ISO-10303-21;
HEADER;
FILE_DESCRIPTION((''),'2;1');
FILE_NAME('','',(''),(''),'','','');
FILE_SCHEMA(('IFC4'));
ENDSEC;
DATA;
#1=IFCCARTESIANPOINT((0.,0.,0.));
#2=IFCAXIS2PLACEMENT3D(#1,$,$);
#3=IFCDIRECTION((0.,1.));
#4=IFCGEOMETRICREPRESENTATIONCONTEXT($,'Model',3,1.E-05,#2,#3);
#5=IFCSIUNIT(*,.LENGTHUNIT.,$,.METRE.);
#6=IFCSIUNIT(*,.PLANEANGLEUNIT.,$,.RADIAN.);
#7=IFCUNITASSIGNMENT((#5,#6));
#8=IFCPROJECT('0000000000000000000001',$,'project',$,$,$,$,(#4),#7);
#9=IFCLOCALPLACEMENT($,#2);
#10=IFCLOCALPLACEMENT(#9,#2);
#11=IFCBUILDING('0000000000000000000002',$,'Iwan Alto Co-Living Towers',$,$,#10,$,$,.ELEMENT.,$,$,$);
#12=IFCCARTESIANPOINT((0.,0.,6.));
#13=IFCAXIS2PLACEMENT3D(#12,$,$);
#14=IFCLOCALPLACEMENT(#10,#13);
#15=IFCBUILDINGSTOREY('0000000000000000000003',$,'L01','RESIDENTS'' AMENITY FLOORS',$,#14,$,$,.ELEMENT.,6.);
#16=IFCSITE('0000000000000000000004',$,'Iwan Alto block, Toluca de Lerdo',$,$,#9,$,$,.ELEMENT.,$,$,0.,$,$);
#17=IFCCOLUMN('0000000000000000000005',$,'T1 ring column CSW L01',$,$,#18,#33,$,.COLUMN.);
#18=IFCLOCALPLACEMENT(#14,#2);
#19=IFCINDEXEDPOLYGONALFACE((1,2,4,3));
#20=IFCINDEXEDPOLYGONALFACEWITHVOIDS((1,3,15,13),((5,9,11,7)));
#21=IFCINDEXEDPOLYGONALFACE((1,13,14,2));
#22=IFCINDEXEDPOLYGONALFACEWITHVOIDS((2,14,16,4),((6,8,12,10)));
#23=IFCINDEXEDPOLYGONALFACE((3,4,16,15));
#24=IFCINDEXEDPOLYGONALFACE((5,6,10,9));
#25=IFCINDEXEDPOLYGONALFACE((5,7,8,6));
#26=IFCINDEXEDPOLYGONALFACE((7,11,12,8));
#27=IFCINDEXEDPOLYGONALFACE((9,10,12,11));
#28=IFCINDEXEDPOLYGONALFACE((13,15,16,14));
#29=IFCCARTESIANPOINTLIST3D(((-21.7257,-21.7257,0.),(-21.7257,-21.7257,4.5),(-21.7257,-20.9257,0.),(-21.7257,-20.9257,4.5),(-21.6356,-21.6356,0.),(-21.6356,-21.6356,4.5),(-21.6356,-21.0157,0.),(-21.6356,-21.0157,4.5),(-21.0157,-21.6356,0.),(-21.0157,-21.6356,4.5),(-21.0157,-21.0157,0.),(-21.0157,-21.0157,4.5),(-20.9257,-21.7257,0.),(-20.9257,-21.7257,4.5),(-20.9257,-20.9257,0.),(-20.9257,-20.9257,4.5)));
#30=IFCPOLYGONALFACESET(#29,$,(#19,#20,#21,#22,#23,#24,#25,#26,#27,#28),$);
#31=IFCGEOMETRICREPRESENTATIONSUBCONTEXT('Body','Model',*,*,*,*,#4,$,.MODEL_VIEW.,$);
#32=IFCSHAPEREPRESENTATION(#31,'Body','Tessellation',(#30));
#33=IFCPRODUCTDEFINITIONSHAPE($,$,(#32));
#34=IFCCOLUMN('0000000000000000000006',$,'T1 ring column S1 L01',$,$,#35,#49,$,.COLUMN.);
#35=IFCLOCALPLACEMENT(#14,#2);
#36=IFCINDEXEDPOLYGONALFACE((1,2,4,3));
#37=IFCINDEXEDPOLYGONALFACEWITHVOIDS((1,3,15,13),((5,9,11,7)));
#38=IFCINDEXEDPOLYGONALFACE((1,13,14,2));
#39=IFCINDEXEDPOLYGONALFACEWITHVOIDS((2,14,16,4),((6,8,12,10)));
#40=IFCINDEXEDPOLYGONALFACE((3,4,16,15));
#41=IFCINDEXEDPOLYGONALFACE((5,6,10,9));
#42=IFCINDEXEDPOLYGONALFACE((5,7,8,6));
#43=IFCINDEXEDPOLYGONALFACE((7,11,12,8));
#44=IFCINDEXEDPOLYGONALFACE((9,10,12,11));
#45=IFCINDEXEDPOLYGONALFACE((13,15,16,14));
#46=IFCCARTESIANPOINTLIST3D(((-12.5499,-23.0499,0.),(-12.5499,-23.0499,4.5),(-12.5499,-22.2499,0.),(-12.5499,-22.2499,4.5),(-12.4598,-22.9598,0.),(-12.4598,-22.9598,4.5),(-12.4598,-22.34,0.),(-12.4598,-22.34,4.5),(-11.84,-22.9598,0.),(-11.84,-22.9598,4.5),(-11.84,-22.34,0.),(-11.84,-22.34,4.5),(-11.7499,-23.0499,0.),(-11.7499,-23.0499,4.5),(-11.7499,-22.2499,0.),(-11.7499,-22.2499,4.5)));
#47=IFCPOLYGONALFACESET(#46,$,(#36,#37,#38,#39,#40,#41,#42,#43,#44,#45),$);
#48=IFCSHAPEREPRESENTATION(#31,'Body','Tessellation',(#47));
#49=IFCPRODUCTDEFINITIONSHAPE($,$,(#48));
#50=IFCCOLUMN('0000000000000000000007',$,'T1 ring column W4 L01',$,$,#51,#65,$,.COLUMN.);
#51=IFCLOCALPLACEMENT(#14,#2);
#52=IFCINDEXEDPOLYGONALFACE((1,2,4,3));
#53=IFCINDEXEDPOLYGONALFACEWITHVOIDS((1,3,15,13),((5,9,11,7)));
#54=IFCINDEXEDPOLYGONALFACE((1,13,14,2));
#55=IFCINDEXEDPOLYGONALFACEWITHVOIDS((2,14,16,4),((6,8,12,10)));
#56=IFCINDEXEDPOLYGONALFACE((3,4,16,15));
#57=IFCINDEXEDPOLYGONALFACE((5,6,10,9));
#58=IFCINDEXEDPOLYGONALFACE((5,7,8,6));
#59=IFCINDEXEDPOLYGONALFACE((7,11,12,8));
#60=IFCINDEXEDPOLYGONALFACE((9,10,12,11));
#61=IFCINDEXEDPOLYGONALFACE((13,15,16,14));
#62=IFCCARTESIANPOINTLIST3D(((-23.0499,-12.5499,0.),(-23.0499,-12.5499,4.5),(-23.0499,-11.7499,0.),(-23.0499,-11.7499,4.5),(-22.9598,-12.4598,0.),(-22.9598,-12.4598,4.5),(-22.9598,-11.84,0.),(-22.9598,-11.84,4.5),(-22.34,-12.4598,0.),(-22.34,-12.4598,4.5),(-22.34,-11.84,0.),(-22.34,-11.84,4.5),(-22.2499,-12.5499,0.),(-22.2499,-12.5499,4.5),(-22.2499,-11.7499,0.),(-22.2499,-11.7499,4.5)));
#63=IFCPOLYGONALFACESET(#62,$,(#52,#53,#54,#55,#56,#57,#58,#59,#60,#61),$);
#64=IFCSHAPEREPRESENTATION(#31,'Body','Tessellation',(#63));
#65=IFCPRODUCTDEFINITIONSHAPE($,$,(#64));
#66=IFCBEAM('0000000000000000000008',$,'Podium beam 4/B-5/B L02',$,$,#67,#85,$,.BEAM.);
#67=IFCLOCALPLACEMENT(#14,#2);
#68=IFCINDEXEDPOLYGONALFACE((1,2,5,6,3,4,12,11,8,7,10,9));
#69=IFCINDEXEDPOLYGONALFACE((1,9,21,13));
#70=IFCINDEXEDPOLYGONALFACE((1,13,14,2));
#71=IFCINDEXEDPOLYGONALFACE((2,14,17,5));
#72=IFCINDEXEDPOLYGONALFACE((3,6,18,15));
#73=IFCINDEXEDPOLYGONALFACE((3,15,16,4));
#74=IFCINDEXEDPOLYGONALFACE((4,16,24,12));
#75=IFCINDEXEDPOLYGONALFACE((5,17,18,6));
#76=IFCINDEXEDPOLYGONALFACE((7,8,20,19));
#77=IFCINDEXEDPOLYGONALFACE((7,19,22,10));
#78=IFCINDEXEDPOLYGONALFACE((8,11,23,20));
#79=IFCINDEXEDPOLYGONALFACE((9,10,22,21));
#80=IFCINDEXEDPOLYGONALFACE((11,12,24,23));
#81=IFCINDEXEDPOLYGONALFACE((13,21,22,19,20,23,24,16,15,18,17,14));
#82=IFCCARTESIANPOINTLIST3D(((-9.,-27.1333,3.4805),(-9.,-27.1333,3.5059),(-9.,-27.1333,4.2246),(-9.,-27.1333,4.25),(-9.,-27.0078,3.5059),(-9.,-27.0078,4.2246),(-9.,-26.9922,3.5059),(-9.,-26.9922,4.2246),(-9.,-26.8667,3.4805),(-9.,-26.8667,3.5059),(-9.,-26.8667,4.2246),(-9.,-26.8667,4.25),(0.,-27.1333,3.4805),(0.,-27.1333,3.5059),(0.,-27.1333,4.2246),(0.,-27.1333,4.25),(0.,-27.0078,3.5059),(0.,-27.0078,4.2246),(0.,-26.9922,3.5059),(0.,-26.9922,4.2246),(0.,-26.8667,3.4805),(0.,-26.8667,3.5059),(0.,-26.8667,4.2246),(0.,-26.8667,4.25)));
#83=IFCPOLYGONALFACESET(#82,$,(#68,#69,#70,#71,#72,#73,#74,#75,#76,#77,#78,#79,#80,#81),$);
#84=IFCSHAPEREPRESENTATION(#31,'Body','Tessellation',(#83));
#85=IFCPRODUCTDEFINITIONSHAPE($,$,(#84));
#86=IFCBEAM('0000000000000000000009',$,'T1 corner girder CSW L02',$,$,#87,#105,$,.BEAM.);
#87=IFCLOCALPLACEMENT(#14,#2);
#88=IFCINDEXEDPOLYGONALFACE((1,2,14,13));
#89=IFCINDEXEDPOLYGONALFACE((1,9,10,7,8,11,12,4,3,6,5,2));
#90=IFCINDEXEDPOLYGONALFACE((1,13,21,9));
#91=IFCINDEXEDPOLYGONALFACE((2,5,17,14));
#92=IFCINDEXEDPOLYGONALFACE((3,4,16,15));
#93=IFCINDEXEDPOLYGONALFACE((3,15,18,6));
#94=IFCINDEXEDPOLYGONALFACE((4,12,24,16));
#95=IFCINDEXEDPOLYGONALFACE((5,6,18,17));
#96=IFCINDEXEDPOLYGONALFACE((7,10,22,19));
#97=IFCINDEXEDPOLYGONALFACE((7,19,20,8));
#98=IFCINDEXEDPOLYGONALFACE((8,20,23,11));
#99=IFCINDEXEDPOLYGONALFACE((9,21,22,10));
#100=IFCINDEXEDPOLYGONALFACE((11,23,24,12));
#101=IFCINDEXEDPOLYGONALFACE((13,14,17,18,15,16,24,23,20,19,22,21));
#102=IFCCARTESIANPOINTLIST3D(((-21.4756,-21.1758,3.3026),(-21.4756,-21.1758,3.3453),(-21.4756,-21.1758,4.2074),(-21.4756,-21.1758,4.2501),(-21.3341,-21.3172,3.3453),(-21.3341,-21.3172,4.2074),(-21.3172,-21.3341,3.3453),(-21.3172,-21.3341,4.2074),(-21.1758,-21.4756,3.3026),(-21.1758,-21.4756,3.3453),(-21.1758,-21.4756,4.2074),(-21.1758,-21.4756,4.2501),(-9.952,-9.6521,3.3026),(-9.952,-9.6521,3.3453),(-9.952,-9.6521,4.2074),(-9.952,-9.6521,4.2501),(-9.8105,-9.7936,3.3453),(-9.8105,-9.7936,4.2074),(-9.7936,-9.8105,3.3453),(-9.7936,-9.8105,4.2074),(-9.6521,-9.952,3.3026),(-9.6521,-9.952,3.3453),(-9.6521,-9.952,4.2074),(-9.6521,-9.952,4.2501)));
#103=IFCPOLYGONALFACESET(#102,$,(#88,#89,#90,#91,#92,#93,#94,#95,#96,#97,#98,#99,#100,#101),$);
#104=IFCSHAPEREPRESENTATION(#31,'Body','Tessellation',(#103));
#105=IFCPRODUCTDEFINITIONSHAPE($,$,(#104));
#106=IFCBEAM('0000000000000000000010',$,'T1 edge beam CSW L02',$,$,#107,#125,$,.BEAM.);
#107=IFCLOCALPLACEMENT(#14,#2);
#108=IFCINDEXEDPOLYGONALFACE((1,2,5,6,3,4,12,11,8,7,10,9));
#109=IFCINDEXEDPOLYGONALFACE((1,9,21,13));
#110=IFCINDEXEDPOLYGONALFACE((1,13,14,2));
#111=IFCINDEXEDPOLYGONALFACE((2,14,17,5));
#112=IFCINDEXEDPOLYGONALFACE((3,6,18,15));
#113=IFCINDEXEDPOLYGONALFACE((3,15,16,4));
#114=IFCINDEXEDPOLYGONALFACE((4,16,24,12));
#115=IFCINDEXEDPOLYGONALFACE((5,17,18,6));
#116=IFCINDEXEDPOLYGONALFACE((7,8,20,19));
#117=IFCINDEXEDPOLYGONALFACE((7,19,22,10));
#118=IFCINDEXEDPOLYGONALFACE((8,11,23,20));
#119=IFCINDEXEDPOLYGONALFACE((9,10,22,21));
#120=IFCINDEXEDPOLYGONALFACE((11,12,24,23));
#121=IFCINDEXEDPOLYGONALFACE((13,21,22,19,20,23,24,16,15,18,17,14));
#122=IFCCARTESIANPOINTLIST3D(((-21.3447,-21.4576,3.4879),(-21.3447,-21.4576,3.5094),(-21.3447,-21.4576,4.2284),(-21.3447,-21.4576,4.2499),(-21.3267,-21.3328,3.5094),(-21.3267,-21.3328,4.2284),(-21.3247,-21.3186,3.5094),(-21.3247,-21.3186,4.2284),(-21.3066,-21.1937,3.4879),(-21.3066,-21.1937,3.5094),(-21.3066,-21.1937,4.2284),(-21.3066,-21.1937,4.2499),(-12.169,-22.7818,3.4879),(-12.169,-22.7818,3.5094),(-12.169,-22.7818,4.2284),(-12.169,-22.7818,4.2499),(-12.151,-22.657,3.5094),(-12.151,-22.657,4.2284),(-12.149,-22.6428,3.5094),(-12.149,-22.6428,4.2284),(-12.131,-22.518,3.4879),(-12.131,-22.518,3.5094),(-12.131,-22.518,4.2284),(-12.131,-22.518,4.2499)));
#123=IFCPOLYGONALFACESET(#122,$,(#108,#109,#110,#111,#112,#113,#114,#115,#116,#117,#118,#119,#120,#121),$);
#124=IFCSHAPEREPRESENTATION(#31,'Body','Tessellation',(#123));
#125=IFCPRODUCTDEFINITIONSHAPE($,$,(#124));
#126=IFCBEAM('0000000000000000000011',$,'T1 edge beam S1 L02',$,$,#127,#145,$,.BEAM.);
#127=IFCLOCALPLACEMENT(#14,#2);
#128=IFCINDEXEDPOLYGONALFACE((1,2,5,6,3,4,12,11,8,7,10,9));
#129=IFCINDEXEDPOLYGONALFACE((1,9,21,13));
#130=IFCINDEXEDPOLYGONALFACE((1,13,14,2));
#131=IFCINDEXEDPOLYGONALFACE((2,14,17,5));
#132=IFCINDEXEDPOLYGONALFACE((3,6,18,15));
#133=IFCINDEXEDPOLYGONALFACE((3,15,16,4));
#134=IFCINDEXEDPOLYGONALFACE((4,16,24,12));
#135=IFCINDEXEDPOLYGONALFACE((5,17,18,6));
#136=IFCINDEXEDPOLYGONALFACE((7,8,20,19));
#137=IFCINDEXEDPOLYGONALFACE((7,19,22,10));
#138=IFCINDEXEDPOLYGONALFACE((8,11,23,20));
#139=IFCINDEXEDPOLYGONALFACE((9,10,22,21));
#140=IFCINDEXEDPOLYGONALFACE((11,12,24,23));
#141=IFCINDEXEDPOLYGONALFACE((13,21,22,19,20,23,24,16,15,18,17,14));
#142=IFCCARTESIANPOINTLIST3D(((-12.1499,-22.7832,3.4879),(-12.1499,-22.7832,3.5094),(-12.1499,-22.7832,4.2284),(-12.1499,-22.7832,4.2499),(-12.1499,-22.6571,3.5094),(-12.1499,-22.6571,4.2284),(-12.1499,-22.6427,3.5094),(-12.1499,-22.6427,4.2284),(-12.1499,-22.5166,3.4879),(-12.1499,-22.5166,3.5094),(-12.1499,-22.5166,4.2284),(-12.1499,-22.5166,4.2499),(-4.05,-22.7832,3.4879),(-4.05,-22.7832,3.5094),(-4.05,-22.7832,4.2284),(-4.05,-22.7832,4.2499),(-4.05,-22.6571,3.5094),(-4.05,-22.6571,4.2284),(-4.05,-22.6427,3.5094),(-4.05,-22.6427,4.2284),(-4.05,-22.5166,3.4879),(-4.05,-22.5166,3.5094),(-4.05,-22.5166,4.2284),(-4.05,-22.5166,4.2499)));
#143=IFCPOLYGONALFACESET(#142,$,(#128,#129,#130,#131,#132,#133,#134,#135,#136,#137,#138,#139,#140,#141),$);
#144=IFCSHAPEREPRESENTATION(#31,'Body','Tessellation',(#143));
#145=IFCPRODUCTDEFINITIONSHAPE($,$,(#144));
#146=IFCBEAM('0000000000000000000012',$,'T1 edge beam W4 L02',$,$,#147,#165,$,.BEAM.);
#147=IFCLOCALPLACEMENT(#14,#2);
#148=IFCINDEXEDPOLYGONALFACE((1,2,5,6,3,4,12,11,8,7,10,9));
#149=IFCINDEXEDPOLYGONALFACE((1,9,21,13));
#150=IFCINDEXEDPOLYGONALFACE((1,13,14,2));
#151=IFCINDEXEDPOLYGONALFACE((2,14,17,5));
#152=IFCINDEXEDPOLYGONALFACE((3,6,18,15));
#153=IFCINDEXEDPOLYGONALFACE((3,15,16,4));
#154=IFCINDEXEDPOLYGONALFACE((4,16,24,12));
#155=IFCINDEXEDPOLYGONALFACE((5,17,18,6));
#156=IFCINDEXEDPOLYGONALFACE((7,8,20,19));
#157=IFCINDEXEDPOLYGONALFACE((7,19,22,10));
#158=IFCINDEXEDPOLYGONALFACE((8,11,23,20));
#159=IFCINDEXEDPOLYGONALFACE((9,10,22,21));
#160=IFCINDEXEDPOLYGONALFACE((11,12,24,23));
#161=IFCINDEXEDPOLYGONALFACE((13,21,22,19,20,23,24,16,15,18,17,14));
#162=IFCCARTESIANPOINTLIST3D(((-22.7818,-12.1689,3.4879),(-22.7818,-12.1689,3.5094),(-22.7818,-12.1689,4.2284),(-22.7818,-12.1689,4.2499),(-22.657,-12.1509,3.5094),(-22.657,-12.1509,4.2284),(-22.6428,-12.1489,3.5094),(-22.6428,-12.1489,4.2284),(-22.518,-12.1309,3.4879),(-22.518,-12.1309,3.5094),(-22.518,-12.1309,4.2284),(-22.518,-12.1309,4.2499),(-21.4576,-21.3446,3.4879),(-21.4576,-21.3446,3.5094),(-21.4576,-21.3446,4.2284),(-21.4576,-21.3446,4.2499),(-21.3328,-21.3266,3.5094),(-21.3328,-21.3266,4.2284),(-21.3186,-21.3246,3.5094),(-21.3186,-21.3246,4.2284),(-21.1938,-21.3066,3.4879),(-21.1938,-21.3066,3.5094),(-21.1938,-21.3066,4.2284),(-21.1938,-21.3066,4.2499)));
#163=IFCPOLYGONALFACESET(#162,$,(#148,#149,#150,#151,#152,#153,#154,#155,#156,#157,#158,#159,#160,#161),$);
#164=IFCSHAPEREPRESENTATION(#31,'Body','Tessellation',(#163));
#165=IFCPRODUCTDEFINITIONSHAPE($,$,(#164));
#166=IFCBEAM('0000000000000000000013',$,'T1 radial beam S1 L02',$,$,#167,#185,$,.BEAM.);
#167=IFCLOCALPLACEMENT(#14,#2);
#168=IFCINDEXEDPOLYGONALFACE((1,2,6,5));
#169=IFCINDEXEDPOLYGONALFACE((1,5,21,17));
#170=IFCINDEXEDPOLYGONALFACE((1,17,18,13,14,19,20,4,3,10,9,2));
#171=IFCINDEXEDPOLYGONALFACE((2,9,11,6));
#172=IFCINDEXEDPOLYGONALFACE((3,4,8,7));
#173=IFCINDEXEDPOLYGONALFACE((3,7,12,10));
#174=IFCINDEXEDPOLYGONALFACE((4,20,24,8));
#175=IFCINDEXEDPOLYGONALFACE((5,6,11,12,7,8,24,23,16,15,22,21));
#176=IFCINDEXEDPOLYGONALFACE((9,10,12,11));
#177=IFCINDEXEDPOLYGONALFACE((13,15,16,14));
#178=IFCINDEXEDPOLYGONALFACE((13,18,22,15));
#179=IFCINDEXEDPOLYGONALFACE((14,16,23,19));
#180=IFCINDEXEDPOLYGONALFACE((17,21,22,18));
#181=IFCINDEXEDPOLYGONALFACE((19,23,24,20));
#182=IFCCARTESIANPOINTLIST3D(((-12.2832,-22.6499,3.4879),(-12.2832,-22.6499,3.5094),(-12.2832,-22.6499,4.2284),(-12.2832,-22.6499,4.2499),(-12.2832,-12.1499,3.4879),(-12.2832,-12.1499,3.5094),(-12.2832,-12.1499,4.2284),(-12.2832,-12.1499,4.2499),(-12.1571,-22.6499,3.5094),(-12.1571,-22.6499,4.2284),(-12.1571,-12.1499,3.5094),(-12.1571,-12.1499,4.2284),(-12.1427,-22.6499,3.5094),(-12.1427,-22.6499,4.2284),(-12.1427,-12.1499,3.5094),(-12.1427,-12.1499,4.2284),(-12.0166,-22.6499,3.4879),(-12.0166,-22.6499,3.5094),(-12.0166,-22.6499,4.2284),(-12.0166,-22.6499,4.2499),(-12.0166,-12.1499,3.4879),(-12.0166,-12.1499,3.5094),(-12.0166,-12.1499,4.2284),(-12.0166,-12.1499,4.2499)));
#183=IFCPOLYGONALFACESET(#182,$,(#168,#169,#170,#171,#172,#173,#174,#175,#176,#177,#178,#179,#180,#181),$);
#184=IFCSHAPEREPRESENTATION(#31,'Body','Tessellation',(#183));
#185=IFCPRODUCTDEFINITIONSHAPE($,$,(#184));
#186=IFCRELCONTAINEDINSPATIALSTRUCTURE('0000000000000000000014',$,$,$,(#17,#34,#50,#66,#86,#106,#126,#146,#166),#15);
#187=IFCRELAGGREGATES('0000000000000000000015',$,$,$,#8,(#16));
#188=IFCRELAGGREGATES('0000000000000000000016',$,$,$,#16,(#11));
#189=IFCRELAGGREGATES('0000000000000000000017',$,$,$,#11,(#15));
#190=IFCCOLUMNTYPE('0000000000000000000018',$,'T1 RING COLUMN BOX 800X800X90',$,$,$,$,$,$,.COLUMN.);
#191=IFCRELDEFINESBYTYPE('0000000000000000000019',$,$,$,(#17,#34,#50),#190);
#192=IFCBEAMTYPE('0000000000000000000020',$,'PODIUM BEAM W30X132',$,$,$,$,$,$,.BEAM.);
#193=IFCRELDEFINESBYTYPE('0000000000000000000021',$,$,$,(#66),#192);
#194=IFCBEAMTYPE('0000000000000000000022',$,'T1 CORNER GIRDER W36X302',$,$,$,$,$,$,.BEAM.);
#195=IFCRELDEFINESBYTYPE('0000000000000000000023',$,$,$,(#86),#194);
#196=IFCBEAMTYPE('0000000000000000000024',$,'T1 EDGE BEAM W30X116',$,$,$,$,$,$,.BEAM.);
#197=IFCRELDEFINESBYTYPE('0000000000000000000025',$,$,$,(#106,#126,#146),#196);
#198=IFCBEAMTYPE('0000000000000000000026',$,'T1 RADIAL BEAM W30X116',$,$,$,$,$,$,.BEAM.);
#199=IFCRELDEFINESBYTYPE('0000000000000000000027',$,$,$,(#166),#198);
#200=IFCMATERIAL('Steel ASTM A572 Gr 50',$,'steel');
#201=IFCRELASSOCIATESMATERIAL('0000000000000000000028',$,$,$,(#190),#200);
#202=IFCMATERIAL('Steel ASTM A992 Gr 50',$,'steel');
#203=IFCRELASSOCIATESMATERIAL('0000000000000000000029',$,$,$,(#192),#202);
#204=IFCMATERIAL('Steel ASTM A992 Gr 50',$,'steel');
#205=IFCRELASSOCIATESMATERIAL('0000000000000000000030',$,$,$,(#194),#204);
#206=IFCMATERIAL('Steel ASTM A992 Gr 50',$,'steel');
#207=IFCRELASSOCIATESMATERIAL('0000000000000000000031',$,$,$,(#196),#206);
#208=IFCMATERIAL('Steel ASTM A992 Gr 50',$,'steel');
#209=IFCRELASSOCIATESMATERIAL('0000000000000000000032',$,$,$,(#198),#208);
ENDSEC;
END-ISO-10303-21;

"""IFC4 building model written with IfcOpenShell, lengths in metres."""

from ifc_helpers import new_model, si_unit, direction, frame, origin, origin_2d, place, context, subcontext, project, spatial, hollow_rectangle, i_section, extrude, material, material_profile, profile_set, type_object, element, save


model = new_model("IFC4")

# Units and contexts
model_context = context("Model", 3, precision=1e-05, world=origin(), true_north=direction((0.0, 1.0)))
body_context = subcontext(model_context, "Body", "Model", "MODEL_VIEW")
ifc_project = project(units=[si_unit("LENGTHUNIT", "METRE"), si_unit("PLANEANGLEUNIT", "RADIAN")], contexts=[model_context])

# Site, building, storey
site_placement = place(None, origin())
site = spatial("IfcSite", under=ifc_project, at=site_placement, Name="Iwan Alto block, Toluca de Lerdo", CompositionType="ELEMENT", RefElevation=0.0)
building_placement = place(site_placement, origin())
building = spatial("IfcBuilding", under=site, at=building_placement, Name="Iwan Alto Co-Living Towers", CompositionType="ELEMENT")
storey_placement = place(building_placement, frame((0.0, 0.0, 6.0)))
storey = spatial("IfcBuildingStorey", under=building, at=storey_placement, Name="L01", Description="RESIDENTS' AMENITY FLOORS", CompositionType="ELEMENT", Elevation=6.0)

# Columns
ifc_material_1 = material(Name="Steel ASTM A572 Gr 50", Category="steel")
ifc_material_profile_1 = material_profile(ifc_material_1, hollow_rectangle(XDim=0.8, YDim=0.8, WallThickness=0.0901, at=origin_2d()), Name="BOX 800X800X90")
ifc_profile_set_1 = profile_set([ifc_material_profile_1], Name="Steel ASTM A572 Gr 50")
column_type = type_object("IfcColumnType", Name="T1 RING COLUMN BOX 800X800X90", PredefinedType="COLUMN", material=ifc_profile_set_1)
for number, where, z_axis, x_axis, name in (
    (1, (-21.3257, -21.3257, 0.0), (0.0, 0.0, 1.0), (1.0, 0.0, 0.0), "T1 ring column CSW L01"),
    (2, (-12.1499, -22.6499, 0.0), (0.0, 0.0, 1.0), (1.0, 0.0, 0.0), "T1 ring column S1 L01"),
    (3, (-22.6499, -12.1499, 0.0), (0.0, 0.0, 1.0), (1.0, 0.0, 0.0), "T1 ring column W4 L01"),
):
    element("IfcColumn", number, at=place(storey_placement, frame(where, z_axis=z_axis, x_axis=x_axis)), inside=storey, type_object=column_type, Name=name, PredefinedType="COLUMN", context=body_context, shape_type="SweptSolid", body=[
        extrude(hollow_rectangle(XDim=0.8, YDim=0.8, WallThickness=0.0901, at=origin_2d()), origin(), (0.0, 0.0, 1.0), 4.5),
    ])

# Beams
ifc_material_2 = material(Name="Steel ASTM A992 Gr 50", Category="steel")
ifc_material_profile_2 = material_profile(ifc_material_2, i_section(OverallWidth=0.2666, OverallDepth=0.7695, WebThickness=0.0156, FlangeThickness=0.0254, at=origin_2d()), Name="W30X132")
ifc_profile_set_2 = profile_set([ifc_material_profile_2], Name="Steel ASTM A992 Gr 50")
beam_type_1 = type_object("IfcBeamType", Name="PODIUM BEAM W30X132", PredefinedType="BEAM", material=ifc_profile_set_2)
beam_1_placement = place(storey_placement, frame((-9.0, -27.0, 3.8652), z_axis=(1.0, 0.0, 0.0), x_axis=(0.0, 1.0, 0.0)))
element("IfcBeam", 4, at=beam_1_placement, inside=storey, type_object=beam_type_1, Name="Podium beam 4/B-5/B L02", PredefinedType="BEAM", context=body_context, shape_type="SweptSolid", body=[
    extrude(i_section(OverallWidth=0.2666, OverallDepth=0.7695, WebThickness=0.0156, FlangeThickness=0.0254, at=origin_2d()), origin(), (0.0, 0.0, 1.0), 9.0),
])
ifc_material_3 = material(Name="Steel ASTM A992 Gr 50", Category="steel")
ifc_material_profile_3 = material_profile(ifc_material_3, i_section(OverallWidth=0.4241, OverallDepth=0.9475, WebThickness=0.0239, FlangeThickness=0.0427, at=origin_2d()), Name="W36X302")
ifc_profile_set_3 = profile_set([ifc_material_profile_3], Name="Steel ASTM A992 Gr 50")
beam_type_2 = type_object("IfcBeamType", Name="T1 CORNER GIRDER W36X302", PredefinedType="BEAM", material=ifc_profile_set_3)
beam_2_placement = place(storey_placement, frame((-21.3257, -21.3257, 3.7764), z_axis=(0.707107, 0.707107, 0.0), x_axis=(-0.707107, 0.707107, 0.0)))
element("IfcBeam", 5, at=beam_2_placement, inside=storey, type_object=beam_type_2, Name="T1 corner girder CSW L02", PredefinedType="BEAM", context=body_context, shape_type="SweptSolid", body=[
    extrude(i_section(OverallWidth=0.4241, OverallDepth=0.9475, WebThickness=0.0239, FlangeThickness=0.0427, at=origin_2d()), origin(), (0.0, 0.0, 1.0), 16.2969),
])
ifc_material_4 = material(Name="Steel ASTM A992 Gr 50", Category="steel")
ifc_material_profile_4 = material_profile(ifc_material_4, i_section(OverallWidth=0.2666, OverallDepth=0.762, WebThickness=0.0144, FlangeThickness=0.0215, at=origin_2d()), Name="W30X116")
ifc_profile_set_4 = profile_set([ifc_material_profile_4], Name="Steel ASTM A992 Gr 50")
beam_type_3 = type_object("IfcBeamType", Name="T1 EDGE BEAM W30X116", PredefinedType="BEAM", material=ifc_profile_set_4)
beam_3_placement = place(storey_placement, frame((-21.3257, -21.3257, 3.8689), z_axis=(0.989746, -0.142837, 0.0), x_axis=(0.142837, 0.989746, 0.0)))
element("IfcBeam", 6, at=beam_3_placement, inside=storey, type_object=beam_type_3, Name="T1 edge beam CSW L02", PredefinedType="BEAM", context=body_context, shape_type="SweptSolid", body=[
    extrude(i_section(OverallWidth=0.2666, OverallDepth=0.762, WebThickness=0.0144, FlangeThickness=0.0215, at=origin_2d()), origin(), (0.0, 0.0, 1.0), 9.2708),
])
beam_4_placement = place(storey_placement, frame((-12.1499, -22.6499, 3.8689), z_axis=(1.0, 0.0, 0.0), x_axis=(0.0, 1.0, 0.0)))
element("IfcBeam", 7, at=beam_4_placement, inside=storey, type_object=beam_type_3, Name="T1 edge beam S1 L02", PredefinedType="BEAM", context=body_context, shape_type="SweptSolid", body=[
    extrude(i_section(OverallWidth=0.2666, OverallDepth=0.762, WebThickness=0.0144, FlangeThickness=0.0215, at=origin_2d()), origin(), (0.0, 0.0, 1.0), 8.0999),
])
beam_5_placement = place(storey_placement, frame((-22.6499, -12.1499, 3.8689), z_axis=(0.142837, -0.989746, 0.0), x_axis=(0.989746, 0.142837, 0.0)))
element("IfcBeam", 8, at=beam_5_placement, inside=storey, type_object=beam_type_3, Name="T1 edge beam W4 L02", PredefinedType="BEAM", context=body_context, shape_type="SweptSolid", body=[
    extrude(i_section(OverallWidth=0.2666, OverallDepth=0.762, WebThickness=0.0144, FlangeThickness=0.0215, at=origin_2d()), origin(), (0.0, 0.0, 1.0), 9.2708),
])
ifc_material_5 = material(Name="Steel ASTM A992 Gr 50", Category="steel")
ifc_material_profile_5 = material_profile(ifc_material_5, i_section(OverallWidth=0.2666, OverallDepth=0.762, WebThickness=0.0144, FlangeThickness=0.0215, at=origin_2d()), Name="W30X116")
ifc_profile_set_5 = profile_set([ifc_material_profile_5], Name="Steel ASTM A992 Gr 50")
beam_type_4 = type_object("IfcBeamType", Name="T1 RADIAL BEAM W30X116", PredefinedType="BEAM", material=ifc_profile_set_5)
beam_6_placement = place(storey_placement, frame((-12.1499, -22.6499, 3.8689), z_axis=(0.0, 1.0, 0.0), x_axis=(-1.0, 0.0, 0.0)))
element("IfcBeam", 9, at=beam_6_placement, inside=storey, type_object=beam_type_4, Name="T1 radial beam S1 L02", PredefinedType="BEAM", context=body_context, shape_type="SweptSolid", body=[
    extrude(i_section(OverallWidth=0.2666, OverallDepth=0.762, WebThickness=0.0144, FlangeThickness=0.0215, at=origin_2d()), origin(), (0.0, 0.0, 1.0), 10.5),
])

save(model, "model.ifc")
